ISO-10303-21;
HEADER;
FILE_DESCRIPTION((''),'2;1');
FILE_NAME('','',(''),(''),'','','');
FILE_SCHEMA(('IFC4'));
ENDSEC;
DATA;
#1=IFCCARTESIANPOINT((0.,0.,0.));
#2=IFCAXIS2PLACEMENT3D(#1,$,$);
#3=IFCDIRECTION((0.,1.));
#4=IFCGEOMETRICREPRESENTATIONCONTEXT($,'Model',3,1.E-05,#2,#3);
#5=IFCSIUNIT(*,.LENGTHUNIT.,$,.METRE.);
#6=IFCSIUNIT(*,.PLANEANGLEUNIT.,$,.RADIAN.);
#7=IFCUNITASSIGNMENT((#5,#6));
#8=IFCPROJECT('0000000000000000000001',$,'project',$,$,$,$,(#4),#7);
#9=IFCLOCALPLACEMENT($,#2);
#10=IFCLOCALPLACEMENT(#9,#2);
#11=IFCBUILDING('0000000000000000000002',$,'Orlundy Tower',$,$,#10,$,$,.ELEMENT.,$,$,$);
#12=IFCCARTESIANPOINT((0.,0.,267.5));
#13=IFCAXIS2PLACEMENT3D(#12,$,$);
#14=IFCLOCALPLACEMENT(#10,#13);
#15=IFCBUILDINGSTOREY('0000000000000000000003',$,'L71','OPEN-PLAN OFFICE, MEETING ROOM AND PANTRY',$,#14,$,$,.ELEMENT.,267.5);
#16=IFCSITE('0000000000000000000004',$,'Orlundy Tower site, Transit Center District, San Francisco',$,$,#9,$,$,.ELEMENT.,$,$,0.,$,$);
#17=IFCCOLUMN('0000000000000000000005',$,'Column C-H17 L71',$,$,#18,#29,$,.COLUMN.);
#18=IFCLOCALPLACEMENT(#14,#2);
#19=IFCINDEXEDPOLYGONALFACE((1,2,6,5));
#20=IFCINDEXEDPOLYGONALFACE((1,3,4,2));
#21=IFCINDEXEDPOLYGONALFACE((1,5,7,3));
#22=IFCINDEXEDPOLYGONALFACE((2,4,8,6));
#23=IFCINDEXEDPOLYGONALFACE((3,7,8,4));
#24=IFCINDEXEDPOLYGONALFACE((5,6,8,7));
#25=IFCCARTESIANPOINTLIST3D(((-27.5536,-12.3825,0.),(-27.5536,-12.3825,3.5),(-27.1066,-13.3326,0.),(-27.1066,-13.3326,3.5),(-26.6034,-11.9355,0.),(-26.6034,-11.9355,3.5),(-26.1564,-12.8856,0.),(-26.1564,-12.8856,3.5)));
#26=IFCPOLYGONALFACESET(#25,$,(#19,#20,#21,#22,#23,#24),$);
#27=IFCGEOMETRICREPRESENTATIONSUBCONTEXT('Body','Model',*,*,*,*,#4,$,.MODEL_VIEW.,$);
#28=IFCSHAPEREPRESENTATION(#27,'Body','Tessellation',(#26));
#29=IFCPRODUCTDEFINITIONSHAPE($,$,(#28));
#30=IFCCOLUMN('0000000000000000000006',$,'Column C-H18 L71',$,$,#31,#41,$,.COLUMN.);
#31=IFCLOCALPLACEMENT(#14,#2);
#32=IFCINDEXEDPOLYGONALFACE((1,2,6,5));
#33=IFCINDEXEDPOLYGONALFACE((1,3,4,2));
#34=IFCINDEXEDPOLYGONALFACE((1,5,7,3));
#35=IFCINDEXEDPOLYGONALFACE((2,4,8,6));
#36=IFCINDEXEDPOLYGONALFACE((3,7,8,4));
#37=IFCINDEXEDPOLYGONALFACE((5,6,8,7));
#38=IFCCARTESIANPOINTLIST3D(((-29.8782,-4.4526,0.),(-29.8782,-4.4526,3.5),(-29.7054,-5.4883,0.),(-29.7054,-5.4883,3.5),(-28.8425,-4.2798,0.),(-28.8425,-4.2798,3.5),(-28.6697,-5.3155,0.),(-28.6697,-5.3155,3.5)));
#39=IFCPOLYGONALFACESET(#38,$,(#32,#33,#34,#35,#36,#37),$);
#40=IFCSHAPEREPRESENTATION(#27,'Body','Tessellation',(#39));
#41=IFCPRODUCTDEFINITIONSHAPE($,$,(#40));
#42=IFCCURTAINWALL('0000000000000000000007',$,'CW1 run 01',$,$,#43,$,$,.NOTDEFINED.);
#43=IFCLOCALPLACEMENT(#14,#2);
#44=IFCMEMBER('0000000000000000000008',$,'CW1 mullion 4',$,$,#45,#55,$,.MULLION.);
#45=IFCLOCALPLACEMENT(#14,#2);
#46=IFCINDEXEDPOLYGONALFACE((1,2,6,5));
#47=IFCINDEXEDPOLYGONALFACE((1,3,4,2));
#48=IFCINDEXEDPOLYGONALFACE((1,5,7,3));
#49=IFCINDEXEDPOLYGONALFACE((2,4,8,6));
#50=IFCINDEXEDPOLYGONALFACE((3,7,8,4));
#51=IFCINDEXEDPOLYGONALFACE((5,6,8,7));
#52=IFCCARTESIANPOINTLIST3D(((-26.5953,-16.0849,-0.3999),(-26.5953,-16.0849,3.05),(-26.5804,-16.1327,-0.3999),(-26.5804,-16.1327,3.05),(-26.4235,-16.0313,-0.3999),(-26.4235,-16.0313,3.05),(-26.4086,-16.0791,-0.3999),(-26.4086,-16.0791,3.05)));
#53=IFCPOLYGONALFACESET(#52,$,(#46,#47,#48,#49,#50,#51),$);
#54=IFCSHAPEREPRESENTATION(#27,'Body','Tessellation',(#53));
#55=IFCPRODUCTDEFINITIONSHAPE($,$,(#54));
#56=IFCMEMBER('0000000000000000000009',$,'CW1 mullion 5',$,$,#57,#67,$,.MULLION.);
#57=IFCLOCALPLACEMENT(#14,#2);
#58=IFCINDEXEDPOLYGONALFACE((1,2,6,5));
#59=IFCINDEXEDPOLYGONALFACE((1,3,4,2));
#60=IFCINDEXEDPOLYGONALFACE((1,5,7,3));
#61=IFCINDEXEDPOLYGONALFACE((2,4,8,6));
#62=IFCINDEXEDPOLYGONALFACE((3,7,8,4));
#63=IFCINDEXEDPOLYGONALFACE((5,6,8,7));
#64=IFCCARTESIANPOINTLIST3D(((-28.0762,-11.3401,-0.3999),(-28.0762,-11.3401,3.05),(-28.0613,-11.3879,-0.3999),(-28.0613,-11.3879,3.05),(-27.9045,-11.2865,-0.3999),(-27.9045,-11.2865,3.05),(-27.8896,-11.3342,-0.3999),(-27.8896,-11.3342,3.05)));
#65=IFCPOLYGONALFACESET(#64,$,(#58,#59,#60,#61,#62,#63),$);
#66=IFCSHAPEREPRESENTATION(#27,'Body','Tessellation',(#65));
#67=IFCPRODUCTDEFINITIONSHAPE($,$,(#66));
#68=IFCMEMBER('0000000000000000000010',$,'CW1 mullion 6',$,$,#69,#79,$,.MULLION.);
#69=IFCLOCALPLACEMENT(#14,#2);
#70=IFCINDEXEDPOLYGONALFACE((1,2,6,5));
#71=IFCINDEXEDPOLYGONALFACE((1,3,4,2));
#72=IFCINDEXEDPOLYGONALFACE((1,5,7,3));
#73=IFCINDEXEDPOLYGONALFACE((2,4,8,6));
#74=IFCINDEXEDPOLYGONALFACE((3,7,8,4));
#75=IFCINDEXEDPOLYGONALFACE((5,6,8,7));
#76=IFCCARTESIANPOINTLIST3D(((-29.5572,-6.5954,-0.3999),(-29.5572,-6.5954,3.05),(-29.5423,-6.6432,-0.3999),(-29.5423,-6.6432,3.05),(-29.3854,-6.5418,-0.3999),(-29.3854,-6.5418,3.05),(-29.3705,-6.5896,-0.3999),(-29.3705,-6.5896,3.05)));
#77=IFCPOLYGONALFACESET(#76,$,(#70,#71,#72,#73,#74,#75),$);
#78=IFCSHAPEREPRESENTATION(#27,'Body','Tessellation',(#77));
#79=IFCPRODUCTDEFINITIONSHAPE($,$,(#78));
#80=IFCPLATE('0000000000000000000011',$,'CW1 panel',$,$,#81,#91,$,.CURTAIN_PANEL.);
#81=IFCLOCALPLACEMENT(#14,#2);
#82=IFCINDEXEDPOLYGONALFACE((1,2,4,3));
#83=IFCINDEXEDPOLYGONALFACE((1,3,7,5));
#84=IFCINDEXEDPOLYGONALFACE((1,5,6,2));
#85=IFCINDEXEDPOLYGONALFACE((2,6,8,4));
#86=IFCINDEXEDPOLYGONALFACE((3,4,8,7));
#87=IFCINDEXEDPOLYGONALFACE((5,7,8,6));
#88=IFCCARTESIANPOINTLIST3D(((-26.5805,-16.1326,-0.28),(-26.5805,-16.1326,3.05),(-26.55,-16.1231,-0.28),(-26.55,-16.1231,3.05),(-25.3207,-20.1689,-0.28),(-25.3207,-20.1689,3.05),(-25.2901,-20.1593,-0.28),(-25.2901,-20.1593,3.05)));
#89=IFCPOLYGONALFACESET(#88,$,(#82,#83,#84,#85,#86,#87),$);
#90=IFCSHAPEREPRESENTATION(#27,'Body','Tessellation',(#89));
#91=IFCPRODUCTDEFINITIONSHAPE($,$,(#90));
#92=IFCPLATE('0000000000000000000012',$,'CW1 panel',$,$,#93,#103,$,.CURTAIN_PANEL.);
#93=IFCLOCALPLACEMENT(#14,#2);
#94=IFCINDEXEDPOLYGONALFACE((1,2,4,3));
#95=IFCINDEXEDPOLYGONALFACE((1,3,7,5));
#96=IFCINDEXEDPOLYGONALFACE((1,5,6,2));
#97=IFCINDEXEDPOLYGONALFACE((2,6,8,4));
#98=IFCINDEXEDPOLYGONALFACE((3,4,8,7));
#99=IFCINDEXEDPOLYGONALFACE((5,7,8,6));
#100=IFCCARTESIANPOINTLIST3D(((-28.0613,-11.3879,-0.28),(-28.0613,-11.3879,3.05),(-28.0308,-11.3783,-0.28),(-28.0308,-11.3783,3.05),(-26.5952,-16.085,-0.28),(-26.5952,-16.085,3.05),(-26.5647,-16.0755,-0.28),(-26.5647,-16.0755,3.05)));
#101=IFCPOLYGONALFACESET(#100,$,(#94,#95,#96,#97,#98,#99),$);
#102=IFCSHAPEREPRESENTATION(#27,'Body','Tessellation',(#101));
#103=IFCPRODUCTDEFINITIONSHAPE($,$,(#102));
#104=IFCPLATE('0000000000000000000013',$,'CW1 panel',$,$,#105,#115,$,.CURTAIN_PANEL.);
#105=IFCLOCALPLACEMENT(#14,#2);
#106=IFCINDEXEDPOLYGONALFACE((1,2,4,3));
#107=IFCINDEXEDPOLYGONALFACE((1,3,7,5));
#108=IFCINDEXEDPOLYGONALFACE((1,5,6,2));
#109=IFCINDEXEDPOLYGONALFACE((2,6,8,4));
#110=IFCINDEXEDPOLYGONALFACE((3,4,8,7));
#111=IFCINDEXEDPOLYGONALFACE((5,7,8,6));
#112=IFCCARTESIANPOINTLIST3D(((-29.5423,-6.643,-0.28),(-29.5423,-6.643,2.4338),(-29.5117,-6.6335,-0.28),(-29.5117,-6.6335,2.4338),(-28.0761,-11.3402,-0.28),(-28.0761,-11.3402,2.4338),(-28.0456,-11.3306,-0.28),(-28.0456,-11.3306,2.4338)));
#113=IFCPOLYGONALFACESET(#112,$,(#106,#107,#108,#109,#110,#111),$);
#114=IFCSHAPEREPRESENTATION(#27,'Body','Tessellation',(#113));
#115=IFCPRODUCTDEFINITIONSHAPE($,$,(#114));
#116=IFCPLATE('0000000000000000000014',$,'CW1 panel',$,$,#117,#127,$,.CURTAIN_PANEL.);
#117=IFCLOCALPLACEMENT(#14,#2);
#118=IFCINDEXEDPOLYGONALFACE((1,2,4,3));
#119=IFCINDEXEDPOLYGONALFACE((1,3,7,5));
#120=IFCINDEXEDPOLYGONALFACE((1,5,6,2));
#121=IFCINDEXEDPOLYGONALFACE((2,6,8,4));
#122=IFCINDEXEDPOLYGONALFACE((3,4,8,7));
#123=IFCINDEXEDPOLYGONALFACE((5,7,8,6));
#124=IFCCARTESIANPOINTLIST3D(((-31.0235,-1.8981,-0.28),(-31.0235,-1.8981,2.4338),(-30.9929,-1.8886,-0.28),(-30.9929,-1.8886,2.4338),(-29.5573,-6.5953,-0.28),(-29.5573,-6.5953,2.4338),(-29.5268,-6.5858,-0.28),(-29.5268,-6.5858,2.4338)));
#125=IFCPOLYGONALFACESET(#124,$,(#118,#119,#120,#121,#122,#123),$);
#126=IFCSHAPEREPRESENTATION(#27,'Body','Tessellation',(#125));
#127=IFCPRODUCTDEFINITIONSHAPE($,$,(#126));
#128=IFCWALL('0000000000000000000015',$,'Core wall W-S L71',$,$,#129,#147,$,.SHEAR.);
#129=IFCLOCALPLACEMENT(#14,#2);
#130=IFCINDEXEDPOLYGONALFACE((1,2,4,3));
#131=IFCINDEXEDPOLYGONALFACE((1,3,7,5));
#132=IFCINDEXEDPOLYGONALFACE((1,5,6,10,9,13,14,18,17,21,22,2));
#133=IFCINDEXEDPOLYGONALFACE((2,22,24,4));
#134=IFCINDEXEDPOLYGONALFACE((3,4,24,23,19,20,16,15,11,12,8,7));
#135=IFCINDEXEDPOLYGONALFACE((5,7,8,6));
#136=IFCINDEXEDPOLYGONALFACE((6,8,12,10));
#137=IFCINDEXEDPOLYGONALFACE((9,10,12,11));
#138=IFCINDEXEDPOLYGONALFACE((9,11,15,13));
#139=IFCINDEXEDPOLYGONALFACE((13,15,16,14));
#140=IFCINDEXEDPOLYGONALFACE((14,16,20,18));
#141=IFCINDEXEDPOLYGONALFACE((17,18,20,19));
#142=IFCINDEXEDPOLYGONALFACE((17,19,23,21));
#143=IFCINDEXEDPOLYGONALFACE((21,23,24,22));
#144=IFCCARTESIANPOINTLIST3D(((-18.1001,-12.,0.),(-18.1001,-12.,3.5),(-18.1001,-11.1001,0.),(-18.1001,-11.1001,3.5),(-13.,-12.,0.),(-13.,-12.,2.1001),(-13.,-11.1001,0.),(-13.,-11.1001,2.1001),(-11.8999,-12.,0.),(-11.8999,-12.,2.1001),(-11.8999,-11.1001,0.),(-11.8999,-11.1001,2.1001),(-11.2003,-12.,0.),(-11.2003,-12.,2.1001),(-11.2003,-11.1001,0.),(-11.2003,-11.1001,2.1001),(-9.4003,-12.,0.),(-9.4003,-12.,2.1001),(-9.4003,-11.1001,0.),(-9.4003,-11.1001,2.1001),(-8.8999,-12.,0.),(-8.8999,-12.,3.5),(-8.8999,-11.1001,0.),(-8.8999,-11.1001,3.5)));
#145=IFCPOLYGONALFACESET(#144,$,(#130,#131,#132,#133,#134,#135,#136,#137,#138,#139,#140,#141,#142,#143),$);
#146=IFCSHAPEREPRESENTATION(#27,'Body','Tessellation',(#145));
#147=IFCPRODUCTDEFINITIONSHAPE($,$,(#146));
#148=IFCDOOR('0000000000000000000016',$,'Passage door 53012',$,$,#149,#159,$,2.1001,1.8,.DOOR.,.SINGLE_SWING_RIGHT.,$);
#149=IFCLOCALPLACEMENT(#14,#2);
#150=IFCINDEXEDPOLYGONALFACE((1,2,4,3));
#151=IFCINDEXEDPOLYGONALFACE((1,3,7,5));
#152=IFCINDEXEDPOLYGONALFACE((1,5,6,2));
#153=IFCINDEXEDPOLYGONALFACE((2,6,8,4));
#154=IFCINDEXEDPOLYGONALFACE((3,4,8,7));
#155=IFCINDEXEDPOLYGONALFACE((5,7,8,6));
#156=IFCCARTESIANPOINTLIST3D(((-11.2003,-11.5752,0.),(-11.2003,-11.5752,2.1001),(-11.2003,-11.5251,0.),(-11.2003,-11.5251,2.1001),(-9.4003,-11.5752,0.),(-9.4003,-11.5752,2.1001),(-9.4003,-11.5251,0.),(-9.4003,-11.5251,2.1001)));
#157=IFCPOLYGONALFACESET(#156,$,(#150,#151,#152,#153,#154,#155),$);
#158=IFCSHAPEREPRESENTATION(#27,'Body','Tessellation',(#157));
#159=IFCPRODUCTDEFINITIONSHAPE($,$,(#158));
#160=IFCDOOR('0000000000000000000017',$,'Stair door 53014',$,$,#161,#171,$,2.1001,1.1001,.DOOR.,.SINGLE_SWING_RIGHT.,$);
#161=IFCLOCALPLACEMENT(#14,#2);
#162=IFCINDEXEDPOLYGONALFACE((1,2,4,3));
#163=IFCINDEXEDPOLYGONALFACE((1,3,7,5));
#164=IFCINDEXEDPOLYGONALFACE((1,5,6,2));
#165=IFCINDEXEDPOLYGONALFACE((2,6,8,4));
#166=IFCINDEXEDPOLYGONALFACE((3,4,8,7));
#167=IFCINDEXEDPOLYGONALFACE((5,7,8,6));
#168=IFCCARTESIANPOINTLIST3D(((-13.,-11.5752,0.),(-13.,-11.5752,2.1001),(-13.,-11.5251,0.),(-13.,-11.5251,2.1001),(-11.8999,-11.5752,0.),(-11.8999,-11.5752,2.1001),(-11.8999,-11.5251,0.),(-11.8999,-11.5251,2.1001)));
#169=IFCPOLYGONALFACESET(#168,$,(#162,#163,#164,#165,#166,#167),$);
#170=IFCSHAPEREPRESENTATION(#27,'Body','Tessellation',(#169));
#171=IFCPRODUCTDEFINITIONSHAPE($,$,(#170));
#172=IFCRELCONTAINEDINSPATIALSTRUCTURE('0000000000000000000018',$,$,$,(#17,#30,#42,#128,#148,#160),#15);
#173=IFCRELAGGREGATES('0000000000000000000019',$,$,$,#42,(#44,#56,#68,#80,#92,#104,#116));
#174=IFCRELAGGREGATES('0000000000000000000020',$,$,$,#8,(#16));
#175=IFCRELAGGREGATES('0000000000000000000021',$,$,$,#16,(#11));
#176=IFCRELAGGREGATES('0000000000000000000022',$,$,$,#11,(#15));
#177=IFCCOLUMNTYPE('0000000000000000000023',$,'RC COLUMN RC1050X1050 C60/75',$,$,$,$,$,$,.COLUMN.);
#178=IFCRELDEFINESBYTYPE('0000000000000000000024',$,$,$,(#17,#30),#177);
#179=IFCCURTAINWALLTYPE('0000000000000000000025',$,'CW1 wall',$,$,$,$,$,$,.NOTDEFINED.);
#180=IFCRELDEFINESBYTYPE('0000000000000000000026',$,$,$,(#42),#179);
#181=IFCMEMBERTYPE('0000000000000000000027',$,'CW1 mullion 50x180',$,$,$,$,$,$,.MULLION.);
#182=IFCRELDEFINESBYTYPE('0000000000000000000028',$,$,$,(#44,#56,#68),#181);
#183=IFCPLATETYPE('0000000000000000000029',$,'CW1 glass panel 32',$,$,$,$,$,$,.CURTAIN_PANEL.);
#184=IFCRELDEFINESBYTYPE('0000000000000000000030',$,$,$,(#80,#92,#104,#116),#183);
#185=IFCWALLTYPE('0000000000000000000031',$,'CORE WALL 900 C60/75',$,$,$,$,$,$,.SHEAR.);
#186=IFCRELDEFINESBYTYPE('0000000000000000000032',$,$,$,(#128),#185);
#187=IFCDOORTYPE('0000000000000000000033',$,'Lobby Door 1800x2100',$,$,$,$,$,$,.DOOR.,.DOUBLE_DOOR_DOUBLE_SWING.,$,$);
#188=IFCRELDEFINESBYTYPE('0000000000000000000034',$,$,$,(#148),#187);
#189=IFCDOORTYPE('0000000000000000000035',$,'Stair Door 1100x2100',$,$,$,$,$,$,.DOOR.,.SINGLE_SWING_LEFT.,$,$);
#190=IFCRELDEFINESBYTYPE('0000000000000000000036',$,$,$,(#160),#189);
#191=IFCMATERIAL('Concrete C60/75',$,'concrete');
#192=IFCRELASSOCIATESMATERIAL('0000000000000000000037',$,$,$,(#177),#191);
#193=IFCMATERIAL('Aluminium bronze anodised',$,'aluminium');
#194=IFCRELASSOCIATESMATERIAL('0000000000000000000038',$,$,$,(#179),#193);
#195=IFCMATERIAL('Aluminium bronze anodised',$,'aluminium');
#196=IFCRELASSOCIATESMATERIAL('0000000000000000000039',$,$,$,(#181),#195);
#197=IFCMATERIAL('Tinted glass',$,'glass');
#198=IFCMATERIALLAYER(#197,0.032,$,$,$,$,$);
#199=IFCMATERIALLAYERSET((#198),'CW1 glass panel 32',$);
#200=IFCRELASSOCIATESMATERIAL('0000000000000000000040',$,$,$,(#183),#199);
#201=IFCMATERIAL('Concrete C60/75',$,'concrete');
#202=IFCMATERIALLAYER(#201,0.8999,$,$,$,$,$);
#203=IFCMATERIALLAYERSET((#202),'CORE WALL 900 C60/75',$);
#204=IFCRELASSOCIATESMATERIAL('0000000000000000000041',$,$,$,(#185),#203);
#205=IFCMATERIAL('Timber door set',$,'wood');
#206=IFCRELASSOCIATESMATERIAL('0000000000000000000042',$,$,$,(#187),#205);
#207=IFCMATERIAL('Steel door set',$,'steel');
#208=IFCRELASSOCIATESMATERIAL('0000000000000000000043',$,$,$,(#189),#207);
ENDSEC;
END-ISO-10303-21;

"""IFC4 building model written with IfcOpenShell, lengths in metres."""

from ifc_helpers import new_model, si_unit, direction, frame, frame_2d, origin, origin_2d, place, context, subcontext, project, spatial, rectangle, extrude, material, layer, layer_set, material_profile, profile_set, type_object, element, fill, aggregate, save


model = new_model("IFC4")

# Units and contexts
model_context = context("Model", 3, precision=1e-05, world=origin(), true_north=direction((0.0, 1.0)))
body_context = subcontext(model_context, "Body", "Model", "MODEL_VIEW")
ifc_project = project(units=[si_unit("LENGTHUNIT", "METRE"), si_unit("PLANEANGLEUNIT", "RADIAN")], contexts=[model_context])

# Site, building, storey
site_placement = place(None, origin())
site = spatial("IfcSite", under=ifc_project, at=site_placement, Name="Orlundy Tower site, Transit Center District, San Francisco", CompositionType="ELEMENT", RefElevation=0.0)
building_placement = place(site_placement, origin())
building = spatial("IfcBuilding", under=site, at=building_placement, Name="Orlundy Tower", CompositionType="ELEMENT")
storey_placement = place(building_placement, frame((0.0, 0.0, 267.5)))
storey = spatial("IfcBuildingStorey", under=building, at=storey_placement, Name="L71", Description="OPEN-PLAN OFFICE, MEETING ROOM AND PANTRY", CompositionType="ELEMENT", Elevation=267.5)

# Columns
ifc_material_1 = material(Name="Concrete C60/75", Category="concrete")
ifc_material_profile_1 = material_profile(ifc_material_1, rectangle(XDim=1.05, YDim=1.05, at=origin_2d()), Name="RC1050X1050")
ifc_profile_set_1 = profile_set([ifc_material_profile_1], Name="Concrete C60/75")
column_type = type_object("IfcColumnType", Name="RC COLUMN RC1050X1050 C60/75", PredefinedType="COLUMN", material=ifc_profile_set_1)
for number, where, z_axis, x_axis, name in (
    (1, (-26.855, -12.634, 0.0), (0.0, 0.0, 1.0), (-0.904864, -0.4257, 0.0), "Column C-H17 L71"),
    (2, (-29.2739, -4.884, 0.0), (0.0, 0.0, 1.0), (-0.986366, -0.164566, 0.0), "Column C-H18 L71"),
):
    element("IfcColumn", number, at=place(storey_placement, frame(where, z_axis=z_axis, x_axis=x_axis)), inside=storey, type_object=column_type, Name=name, PredefinedType="COLUMN", context=body_context, shape_type="SweptSolid", body=[
        extrude(rectangle(XDim=1.05, YDim=1.05, at=origin_2d()), origin(), (0.0, 0.0, 1.0), 3.5),
    ])

# Curtain wall, members, plates
ifc_material_2 = material(Name="Aluminium bronze anodised", Category="aluminium")
curtain_wall_type = type_object("IfcCurtainWallType", Name="CW1 wall", PredefinedType="NOTDEFINED", material=ifc_material_2)
curtain_wall_placement = place(storey_placement, origin())
curtain_wall = element("IfcCurtainWall", 3, at=curtain_wall_placement, inside=storey, type_object=curtain_wall_type, Name="CW1 run 01", PredefinedType="NOTDEFINED")
ifc_material_3 = material(Name="Aluminium bronze anodised", Category="aluminium")
ifc_material_profile_2 = material_profile(ifc_material_3, rectangle(XDim=0.1799, YDim=0.05, at=origin_2d()), Name="CW1 mullion 50x180")
ifc_profile_set_2 = profile_set([ifc_material_profile_2], Name="Aluminium bronze anodised")
member_type = type_object("IfcMemberType", Name="CW1 mullion 50x180", PredefinedType="MULLION", material=ifc_profile_set_2)
member_1_placement = place(storey_placement, frame((-26.502, -16.082, -0.3999), z_axis=(0.0, 0.0, 1.0), x_axis=(-0.95458, -0.297954, 0.0)))
member_1 = element("IfcMember", 4, at=member_1_placement, type_object=member_type, Name="CW1 mullion 4", PredefinedType="MULLION", context=body_context, shape_type="SweptSolid", body=[
    extrude(rectangle(XDim=0.1799, YDim=0.05, at=origin_2d()), origin(), (0.0, 0.0, 1.0), 3.45),
])
member_2_placement = place(storey_placement, frame((-27.9829, -11.3372, -0.3999), z_axis=(0.0, 0.0, 1.0), x_axis=(-0.95458, -0.297954, 0.0)))
member_2 = element("IfcMember", 5, at=member_2_placement, type_object=member_type, Name="CW1 mullion 5", PredefinedType="MULLION", context=body_context, shape_type="SweptSolid", body=[
    extrude(rectangle(XDim=0.1799, YDim=0.05, at=origin_2d()), origin(), (0.0, 0.0, 1.0), 3.45),
])
member_3_placement = place(storey_placement, frame((-29.4639, -6.5925, -0.3999), z_axis=(0.0, 0.0, 1.0), x_axis=(-0.95458, -0.297954, 0.0)))
member_3 = element("IfcMember", 6, at=member_3_placement, type_object=member_type, Name="CW1 mullion 6", PredefinedType="MULLION", context=body_context, shape_type="SweptSolid", body=[
    extrude(rectangle(XDim=0.1799, YDim=0.05, at=origin_2d()), origin(), (0.0, 0.0, 1.0), 3.45),
])
ifc_material_4 = material(Name="Tinted glass", Category="glass")
ifc_layer_1 = layer(ifc_material_4, 0.032)
ifc_layer_set_1 = layer_set([ifc_layer_1], Name="CW1 glass panel 32")
plate_type = type_object("IfcPlateType", Name="CW1 glass panel 32", PredefinedType="CURTAIN_PANEL", material=ifc_layer_set_1)
plate_1_placement = place(storey_placement, frame((-25.9353, -18.146, -0.28), z_axis=(0.0, 0.0, 1.0), x_axis=(-0.297954, 0.95458, 0.0)))
plate_1 = element("IfcPlate", 7, at=plate_1_placement, type_object=plate_type, Name="CW1 panel", PredefinedType="CURTAIN_PANEL", context=body_context, shape_type="SweptSolid", body=[
    extrude(rectangle(XDim=4.2283, YDim=0.032, at=origin_2d()), origin(), (0.0, 0.0, 1.0), 3.3301),
])
plate_2_placement = place(storey_placement, frame((-27.313, -13.7317, -0.28), z_axis=(0.0, 0.0, 1.0), x_axis=(-0.297954, 0.95458, 0.0)))
plate_2 = element("IfcPlate", 8, at=plate_2_placement, type_object=plate_type, Name="CW1 panel", PredefinedType="CURTAIN_PANEL", context=body_context, shape_type="SweptSolid", body=[
    extrude(rectangle(XDim=4.9207, YDim=0.032, at=origin_2d()), origin(), (0.0, 0.0, 1.0), 3.3301),
])
plate_3_placement = place(storey_placement, frame((-28.7939, -8.9868, -0.28), z_axis=(0.0, 0.0, 1.0), x_axis=(-0.297954, 0.95458, 0.0)))
plate_3 = element("IfcPlate", 9, at=plate_3_placement, type_object=plate_type, Name="CW1 panel", PredefinedType="CURTAIN_PANEL", context=body_context, shape_type="SweptSolid", body=[
    extrude(rectangle(XDim=4.9207, YDim=0.032, at=origin_2d()), origin(), (0.0, 0.0, 1.0), 2.7139),
])
plate_4_placement = place(storey_placement, frame((-30.2751, -4.2419, -0.28), z_axis=(0.0, 0.0, 1.0), x_axis=(-0.297954, 0.95458, 0.0)))
plate_4 = element("IfcPlate", 10, at=plate_4_placement, type_object=plate_type, Name="CW1 panel", PredefinedType="CURTAIN_PANEL", context=body_context, shape_type="SweptSolid", body=[
    extrude(rectangle(XDim=4.9207, YDim=0.032, at=origin_2d()), origin(), (0.0, 0.0, 1.0), 2.7139),
])
aggregate(curtain_wall, [member_1, member_2, member_3, plate_1, plate_2, plate_3, plate_4])

# Wall, openings, doors
ifc_material_5 = material(Name="Concrete C60/75", Category="concrete")
ifc_layer_2 = layer(ifc_material_5, 0.8999)
ifc_layer_set_2 = layer_set([ifc_layer_2], Name="CORE WALL 900 C60/75")
wall_type_1 = type_object("IfcWallType", Name="CORE WALL 900 C60/75", PredefinedType="SHEAR", material=ifc_layer_set_2)
wall_1_placement = place(storey_placement, frame((-18.1001, -11.55, 0.0), z_axis=(0.0, 0.0, 1.0), x_axis=(1.0, 0.0, 0.0)))
wall_1 = element("IfcWall", 11, at=wall_1_placement, inside=storey, type_object=wall_type_1, Name="Core wall W-S L71", PredefinedType="SHEAR", context=body_context, shape_type="SweptSolid", body=[
    extrude(rectangle(XDim=9.2002, YDim=0.8999, at=frame_2d((4.6001, 0.0))), origin(), (0.0, 0.0, 1.0), 3.5),
])
opening_1_placement = place(wall_1_placement, frame((6.8999, 0.0, 0.0)))
opening_1 = element("IfcOpeningElement", 12, at=opening_1_placement, cuts=wall_1, PredefinedType="OPENING", context=body_context, shape_type="SweptSolid", body=[
    extrude(rectangle(XDim=1.8, YDim=2.1001, at=frame_2d((0.8999, 1.05))), frame((0.0, 0.46, 0.0), z_axis=(0.0, -1.0, 0.0), x_axis=(1.0, 0.0, 0.0)), (0.0, 0.0, 1.0), 0.9199),
])
opening_2_placement = place(wall_1_placement, frame((5.1001, 0.0, 0.0)))
opening_2 = element("IfcOpeningElement", 13, at=opening_2_placement, cuts=wall_1, PredefinedType="OPENING", context=body_context, shape_type="SweptSolid", body=[
    extrude(rectangle(XDim=1.1001, YDim=2.1001, at=frame_2d((0.55, 1.05))), frame((0.0, 0.46, 0.0), z_axis=(0.0, -1.0, 0.0), x_axis=(1.0, 0.0, 0.0)), (0.0, 0.0, 1.0), 0.9199),
])
ifc_material_6 = material(Name="Timber door set", Category="wood")
door_type_1 = type_object("IfcDoorType", Name="Lobby Door 1800x2100", OperationType="DOUBLE_DOOR_DOUBLE_SWING", PredefinedType="DOOR", material=ifc_material_6)
door_1_placement = place(opening_1_placement, origin())
door_1 = element("IfcDoor", 14, at=door_1_placement, inside=storey, type_object=door_type_1, Name="Passage door 53012", OperationType="SINGLE_SWING_RIGHT", OverallHeight=2.1001, OverallWidth=1.8, PredefinedType="DOOR", context=body_context, shape_type="SweptSolid", body=[
    extrude(rectangle(XDim=1.8, YDim=2.1001, at=frame_2d((0.8999, 1.05))), frame((0.0, 0.0249, 0.0), z_axis=(0.0, -1.0, 0.0), x_axis=(1.0, 0.0, 0.0)), (0.0, 0.0, 1.0), 0.05),
])
fill(opening_1, door_1)
ifc_material_7 = material(Name="Steel door set", Category="steel")
door_type_2 = type_object("IfcDoorType", Name="Stair Door 1100x2100", OperationType="SINGLE_SWING_LEFT", PredefinedType="DOOR", material=ifc_material_7)
door_2_placement = place(opening_2_placement, origin())
door_2 = element("IfcDoor", 15, at=door_2_placement, inside=storey, type_object=door_type_2, Name="Stair door 53014", OperationType="SINGLE_SWING_RIGHT", OverallHeight=2.1001, OverallWidth=1.1001, PredefinedType="DOOR", context=body_context, shape_type="SweptSolid", body=[
    extrude(rectangle(XDim=1.1001, YDim=2.1001, at=frame_2d((0.55, 1.05))), frame((0.0, 0.0249, 0.0), z_axis=(0.0, -1.0, 0.0), x_axis=(1.0, 0.0, 0.0)), (0.0, 0.0, 1.0), 0.05),
])
fill(opening_2, door_2)

save(model, "model.ifc")
